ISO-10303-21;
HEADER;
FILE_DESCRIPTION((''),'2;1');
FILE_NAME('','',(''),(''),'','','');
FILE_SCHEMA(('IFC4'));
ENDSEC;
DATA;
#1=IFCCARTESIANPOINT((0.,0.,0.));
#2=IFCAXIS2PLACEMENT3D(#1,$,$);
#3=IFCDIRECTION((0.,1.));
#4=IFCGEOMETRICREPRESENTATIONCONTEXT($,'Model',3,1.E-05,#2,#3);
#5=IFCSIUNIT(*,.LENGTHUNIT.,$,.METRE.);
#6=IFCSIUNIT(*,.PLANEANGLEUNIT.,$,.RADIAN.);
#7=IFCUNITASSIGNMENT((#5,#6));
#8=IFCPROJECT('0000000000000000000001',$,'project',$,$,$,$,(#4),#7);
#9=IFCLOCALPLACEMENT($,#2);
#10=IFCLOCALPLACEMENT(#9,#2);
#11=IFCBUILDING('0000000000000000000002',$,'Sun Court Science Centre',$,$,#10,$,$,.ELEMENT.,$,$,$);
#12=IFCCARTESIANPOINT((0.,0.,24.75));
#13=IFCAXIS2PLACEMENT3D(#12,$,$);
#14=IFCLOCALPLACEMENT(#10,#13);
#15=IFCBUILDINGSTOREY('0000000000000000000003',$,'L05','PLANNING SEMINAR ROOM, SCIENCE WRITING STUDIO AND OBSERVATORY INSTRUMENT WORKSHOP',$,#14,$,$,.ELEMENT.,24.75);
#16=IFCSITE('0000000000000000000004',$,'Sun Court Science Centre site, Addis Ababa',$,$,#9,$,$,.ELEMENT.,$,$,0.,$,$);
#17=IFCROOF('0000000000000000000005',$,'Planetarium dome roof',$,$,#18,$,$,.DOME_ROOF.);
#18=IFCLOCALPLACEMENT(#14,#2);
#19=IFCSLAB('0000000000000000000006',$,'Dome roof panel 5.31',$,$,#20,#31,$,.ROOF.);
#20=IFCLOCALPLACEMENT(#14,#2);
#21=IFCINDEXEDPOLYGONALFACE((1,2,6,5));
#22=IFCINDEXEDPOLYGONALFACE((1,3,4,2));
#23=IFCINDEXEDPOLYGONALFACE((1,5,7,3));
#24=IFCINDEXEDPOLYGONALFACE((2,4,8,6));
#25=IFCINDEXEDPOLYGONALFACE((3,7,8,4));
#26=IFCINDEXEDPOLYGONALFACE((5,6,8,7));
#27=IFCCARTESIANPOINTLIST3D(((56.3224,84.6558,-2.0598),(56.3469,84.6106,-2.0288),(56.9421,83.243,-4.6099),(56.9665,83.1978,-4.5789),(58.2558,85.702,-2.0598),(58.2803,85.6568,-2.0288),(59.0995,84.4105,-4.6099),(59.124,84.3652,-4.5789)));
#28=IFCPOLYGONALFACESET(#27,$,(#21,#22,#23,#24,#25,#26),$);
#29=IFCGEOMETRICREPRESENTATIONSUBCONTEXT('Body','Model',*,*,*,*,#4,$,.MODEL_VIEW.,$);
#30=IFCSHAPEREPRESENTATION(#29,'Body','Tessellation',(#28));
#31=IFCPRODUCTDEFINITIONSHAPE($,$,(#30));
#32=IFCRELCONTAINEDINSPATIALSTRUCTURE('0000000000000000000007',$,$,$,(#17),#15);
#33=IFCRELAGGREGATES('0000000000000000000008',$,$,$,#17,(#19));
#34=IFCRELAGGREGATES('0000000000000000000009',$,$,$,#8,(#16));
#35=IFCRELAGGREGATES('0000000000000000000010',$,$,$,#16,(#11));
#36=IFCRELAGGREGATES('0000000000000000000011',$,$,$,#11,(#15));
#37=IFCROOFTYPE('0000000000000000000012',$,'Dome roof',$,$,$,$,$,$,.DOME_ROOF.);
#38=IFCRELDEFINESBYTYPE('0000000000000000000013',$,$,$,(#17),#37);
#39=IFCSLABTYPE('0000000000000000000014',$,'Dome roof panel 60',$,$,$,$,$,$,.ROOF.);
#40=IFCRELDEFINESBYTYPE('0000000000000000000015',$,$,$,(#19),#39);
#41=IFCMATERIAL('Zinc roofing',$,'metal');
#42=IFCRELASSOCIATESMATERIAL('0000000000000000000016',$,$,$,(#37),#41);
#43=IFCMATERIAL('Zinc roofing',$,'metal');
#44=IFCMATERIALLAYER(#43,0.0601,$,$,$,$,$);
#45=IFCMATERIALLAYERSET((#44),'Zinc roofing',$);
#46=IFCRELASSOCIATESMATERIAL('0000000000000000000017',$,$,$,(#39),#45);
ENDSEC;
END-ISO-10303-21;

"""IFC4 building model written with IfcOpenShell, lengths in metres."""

from ifc_helpers import new_model, si_unit, direction, frame, origin, place, context, subcontext, project, spatial, polyline, outline, extrude, material, layer, layer_set, type_object, element, aggregate, save


model = new_model("IFC4")

# Units and contexts
model_context = context("Model", 3, precision=1e-05, world=origin(), true_north=direction((0.0, 1.0)))
body_context = subcontext(model_context, "Body", "Model", "MODEL_VIEW")
ifc_project = project(units=[si_unit("LENGTHUNIT", "METRE"), si_unit("PLANEANGLEUNIT", "RADIAN")], contexts=[model_context])

# Site, building, storey
site_placement = place(None, origin())
site = spatial("IfcSite", under=ifc_project, at=site_placement, Name="Sun Court Science Centre site, Addis Ababa", CompositionType="ELEMENT", RefElevation=0.0)
building_placement = place(site_placement, origin())
building = spatial("IfcBuilding", under=site, at=building_placement, Name="Sun Court Science Centre", CompositionType="ELEMENT")
storey_placement = place(building_placement, frame((0.0, 0.0, 24.75)))
storey = spatial("IfcBuildingStorey", under=building, at=storey_placement, Name="L05", Description="PLANNING SEMINAR ROOM, SCIENCE WRITING STUDIO AND OBSERVATORY INSTRUMENT WORKSHOP", CompositionType="ELEMENT", Elevation=24.75)

# Roof, slab
ifc_material_1 = material(Name="Zinc roofing", Category="metal")
roof_type = type_object("IfcRoofType", Name="Dome roof", PredefinedType="DOME_ROOF", material=ifc_material_1)
roof_placement = place(storey_placement, origin())
roof = element("IfcRoof", 1, at=roof_placement, inside=storey, type_object=roof_type, Name="Planetarium dome roof", PredefinedType="DOME_ROOF")
ifc_material_2 = material(Name="Zinc roofing", Category="metal")
ifc_layer = layer(ifc_material_2, 0.0601)
ifc_layer_set = layer_set([ifc_layer], Name="Zinc roofing")
slab_type = type_object("IfcSlabType", Name="Dome roof panel 60", PredefinedType="ROOF", material=ifc_layer_set)
slab_1_placement = place(storey_placement, frame((56.3469, 84.6106, -2.0288), z_axis=(0.407566, -0.753191, 0.516326), x_axis=(0.879495, 0.475908, -0.000005)))
slab_1 = element("IfcSlab", 2, at=slab_1_placement, type_object=slab_type, Name="Dome roof panel 5.31", PredefinedType="ROOF", context=body_context, shape_type="SweptSolid", body=[
    extrude(outline(polyline([(0.0, 0.0), (2.1982, 0.0), (2.3257, -2.9777), (-0.1274, -2.9777), (0.0, 0.0)])), origin(), (0.0, 0.0, -1.0), 0.0601),
])
aggregate(roof, [slab_1])

save(model, "model.ifc")
